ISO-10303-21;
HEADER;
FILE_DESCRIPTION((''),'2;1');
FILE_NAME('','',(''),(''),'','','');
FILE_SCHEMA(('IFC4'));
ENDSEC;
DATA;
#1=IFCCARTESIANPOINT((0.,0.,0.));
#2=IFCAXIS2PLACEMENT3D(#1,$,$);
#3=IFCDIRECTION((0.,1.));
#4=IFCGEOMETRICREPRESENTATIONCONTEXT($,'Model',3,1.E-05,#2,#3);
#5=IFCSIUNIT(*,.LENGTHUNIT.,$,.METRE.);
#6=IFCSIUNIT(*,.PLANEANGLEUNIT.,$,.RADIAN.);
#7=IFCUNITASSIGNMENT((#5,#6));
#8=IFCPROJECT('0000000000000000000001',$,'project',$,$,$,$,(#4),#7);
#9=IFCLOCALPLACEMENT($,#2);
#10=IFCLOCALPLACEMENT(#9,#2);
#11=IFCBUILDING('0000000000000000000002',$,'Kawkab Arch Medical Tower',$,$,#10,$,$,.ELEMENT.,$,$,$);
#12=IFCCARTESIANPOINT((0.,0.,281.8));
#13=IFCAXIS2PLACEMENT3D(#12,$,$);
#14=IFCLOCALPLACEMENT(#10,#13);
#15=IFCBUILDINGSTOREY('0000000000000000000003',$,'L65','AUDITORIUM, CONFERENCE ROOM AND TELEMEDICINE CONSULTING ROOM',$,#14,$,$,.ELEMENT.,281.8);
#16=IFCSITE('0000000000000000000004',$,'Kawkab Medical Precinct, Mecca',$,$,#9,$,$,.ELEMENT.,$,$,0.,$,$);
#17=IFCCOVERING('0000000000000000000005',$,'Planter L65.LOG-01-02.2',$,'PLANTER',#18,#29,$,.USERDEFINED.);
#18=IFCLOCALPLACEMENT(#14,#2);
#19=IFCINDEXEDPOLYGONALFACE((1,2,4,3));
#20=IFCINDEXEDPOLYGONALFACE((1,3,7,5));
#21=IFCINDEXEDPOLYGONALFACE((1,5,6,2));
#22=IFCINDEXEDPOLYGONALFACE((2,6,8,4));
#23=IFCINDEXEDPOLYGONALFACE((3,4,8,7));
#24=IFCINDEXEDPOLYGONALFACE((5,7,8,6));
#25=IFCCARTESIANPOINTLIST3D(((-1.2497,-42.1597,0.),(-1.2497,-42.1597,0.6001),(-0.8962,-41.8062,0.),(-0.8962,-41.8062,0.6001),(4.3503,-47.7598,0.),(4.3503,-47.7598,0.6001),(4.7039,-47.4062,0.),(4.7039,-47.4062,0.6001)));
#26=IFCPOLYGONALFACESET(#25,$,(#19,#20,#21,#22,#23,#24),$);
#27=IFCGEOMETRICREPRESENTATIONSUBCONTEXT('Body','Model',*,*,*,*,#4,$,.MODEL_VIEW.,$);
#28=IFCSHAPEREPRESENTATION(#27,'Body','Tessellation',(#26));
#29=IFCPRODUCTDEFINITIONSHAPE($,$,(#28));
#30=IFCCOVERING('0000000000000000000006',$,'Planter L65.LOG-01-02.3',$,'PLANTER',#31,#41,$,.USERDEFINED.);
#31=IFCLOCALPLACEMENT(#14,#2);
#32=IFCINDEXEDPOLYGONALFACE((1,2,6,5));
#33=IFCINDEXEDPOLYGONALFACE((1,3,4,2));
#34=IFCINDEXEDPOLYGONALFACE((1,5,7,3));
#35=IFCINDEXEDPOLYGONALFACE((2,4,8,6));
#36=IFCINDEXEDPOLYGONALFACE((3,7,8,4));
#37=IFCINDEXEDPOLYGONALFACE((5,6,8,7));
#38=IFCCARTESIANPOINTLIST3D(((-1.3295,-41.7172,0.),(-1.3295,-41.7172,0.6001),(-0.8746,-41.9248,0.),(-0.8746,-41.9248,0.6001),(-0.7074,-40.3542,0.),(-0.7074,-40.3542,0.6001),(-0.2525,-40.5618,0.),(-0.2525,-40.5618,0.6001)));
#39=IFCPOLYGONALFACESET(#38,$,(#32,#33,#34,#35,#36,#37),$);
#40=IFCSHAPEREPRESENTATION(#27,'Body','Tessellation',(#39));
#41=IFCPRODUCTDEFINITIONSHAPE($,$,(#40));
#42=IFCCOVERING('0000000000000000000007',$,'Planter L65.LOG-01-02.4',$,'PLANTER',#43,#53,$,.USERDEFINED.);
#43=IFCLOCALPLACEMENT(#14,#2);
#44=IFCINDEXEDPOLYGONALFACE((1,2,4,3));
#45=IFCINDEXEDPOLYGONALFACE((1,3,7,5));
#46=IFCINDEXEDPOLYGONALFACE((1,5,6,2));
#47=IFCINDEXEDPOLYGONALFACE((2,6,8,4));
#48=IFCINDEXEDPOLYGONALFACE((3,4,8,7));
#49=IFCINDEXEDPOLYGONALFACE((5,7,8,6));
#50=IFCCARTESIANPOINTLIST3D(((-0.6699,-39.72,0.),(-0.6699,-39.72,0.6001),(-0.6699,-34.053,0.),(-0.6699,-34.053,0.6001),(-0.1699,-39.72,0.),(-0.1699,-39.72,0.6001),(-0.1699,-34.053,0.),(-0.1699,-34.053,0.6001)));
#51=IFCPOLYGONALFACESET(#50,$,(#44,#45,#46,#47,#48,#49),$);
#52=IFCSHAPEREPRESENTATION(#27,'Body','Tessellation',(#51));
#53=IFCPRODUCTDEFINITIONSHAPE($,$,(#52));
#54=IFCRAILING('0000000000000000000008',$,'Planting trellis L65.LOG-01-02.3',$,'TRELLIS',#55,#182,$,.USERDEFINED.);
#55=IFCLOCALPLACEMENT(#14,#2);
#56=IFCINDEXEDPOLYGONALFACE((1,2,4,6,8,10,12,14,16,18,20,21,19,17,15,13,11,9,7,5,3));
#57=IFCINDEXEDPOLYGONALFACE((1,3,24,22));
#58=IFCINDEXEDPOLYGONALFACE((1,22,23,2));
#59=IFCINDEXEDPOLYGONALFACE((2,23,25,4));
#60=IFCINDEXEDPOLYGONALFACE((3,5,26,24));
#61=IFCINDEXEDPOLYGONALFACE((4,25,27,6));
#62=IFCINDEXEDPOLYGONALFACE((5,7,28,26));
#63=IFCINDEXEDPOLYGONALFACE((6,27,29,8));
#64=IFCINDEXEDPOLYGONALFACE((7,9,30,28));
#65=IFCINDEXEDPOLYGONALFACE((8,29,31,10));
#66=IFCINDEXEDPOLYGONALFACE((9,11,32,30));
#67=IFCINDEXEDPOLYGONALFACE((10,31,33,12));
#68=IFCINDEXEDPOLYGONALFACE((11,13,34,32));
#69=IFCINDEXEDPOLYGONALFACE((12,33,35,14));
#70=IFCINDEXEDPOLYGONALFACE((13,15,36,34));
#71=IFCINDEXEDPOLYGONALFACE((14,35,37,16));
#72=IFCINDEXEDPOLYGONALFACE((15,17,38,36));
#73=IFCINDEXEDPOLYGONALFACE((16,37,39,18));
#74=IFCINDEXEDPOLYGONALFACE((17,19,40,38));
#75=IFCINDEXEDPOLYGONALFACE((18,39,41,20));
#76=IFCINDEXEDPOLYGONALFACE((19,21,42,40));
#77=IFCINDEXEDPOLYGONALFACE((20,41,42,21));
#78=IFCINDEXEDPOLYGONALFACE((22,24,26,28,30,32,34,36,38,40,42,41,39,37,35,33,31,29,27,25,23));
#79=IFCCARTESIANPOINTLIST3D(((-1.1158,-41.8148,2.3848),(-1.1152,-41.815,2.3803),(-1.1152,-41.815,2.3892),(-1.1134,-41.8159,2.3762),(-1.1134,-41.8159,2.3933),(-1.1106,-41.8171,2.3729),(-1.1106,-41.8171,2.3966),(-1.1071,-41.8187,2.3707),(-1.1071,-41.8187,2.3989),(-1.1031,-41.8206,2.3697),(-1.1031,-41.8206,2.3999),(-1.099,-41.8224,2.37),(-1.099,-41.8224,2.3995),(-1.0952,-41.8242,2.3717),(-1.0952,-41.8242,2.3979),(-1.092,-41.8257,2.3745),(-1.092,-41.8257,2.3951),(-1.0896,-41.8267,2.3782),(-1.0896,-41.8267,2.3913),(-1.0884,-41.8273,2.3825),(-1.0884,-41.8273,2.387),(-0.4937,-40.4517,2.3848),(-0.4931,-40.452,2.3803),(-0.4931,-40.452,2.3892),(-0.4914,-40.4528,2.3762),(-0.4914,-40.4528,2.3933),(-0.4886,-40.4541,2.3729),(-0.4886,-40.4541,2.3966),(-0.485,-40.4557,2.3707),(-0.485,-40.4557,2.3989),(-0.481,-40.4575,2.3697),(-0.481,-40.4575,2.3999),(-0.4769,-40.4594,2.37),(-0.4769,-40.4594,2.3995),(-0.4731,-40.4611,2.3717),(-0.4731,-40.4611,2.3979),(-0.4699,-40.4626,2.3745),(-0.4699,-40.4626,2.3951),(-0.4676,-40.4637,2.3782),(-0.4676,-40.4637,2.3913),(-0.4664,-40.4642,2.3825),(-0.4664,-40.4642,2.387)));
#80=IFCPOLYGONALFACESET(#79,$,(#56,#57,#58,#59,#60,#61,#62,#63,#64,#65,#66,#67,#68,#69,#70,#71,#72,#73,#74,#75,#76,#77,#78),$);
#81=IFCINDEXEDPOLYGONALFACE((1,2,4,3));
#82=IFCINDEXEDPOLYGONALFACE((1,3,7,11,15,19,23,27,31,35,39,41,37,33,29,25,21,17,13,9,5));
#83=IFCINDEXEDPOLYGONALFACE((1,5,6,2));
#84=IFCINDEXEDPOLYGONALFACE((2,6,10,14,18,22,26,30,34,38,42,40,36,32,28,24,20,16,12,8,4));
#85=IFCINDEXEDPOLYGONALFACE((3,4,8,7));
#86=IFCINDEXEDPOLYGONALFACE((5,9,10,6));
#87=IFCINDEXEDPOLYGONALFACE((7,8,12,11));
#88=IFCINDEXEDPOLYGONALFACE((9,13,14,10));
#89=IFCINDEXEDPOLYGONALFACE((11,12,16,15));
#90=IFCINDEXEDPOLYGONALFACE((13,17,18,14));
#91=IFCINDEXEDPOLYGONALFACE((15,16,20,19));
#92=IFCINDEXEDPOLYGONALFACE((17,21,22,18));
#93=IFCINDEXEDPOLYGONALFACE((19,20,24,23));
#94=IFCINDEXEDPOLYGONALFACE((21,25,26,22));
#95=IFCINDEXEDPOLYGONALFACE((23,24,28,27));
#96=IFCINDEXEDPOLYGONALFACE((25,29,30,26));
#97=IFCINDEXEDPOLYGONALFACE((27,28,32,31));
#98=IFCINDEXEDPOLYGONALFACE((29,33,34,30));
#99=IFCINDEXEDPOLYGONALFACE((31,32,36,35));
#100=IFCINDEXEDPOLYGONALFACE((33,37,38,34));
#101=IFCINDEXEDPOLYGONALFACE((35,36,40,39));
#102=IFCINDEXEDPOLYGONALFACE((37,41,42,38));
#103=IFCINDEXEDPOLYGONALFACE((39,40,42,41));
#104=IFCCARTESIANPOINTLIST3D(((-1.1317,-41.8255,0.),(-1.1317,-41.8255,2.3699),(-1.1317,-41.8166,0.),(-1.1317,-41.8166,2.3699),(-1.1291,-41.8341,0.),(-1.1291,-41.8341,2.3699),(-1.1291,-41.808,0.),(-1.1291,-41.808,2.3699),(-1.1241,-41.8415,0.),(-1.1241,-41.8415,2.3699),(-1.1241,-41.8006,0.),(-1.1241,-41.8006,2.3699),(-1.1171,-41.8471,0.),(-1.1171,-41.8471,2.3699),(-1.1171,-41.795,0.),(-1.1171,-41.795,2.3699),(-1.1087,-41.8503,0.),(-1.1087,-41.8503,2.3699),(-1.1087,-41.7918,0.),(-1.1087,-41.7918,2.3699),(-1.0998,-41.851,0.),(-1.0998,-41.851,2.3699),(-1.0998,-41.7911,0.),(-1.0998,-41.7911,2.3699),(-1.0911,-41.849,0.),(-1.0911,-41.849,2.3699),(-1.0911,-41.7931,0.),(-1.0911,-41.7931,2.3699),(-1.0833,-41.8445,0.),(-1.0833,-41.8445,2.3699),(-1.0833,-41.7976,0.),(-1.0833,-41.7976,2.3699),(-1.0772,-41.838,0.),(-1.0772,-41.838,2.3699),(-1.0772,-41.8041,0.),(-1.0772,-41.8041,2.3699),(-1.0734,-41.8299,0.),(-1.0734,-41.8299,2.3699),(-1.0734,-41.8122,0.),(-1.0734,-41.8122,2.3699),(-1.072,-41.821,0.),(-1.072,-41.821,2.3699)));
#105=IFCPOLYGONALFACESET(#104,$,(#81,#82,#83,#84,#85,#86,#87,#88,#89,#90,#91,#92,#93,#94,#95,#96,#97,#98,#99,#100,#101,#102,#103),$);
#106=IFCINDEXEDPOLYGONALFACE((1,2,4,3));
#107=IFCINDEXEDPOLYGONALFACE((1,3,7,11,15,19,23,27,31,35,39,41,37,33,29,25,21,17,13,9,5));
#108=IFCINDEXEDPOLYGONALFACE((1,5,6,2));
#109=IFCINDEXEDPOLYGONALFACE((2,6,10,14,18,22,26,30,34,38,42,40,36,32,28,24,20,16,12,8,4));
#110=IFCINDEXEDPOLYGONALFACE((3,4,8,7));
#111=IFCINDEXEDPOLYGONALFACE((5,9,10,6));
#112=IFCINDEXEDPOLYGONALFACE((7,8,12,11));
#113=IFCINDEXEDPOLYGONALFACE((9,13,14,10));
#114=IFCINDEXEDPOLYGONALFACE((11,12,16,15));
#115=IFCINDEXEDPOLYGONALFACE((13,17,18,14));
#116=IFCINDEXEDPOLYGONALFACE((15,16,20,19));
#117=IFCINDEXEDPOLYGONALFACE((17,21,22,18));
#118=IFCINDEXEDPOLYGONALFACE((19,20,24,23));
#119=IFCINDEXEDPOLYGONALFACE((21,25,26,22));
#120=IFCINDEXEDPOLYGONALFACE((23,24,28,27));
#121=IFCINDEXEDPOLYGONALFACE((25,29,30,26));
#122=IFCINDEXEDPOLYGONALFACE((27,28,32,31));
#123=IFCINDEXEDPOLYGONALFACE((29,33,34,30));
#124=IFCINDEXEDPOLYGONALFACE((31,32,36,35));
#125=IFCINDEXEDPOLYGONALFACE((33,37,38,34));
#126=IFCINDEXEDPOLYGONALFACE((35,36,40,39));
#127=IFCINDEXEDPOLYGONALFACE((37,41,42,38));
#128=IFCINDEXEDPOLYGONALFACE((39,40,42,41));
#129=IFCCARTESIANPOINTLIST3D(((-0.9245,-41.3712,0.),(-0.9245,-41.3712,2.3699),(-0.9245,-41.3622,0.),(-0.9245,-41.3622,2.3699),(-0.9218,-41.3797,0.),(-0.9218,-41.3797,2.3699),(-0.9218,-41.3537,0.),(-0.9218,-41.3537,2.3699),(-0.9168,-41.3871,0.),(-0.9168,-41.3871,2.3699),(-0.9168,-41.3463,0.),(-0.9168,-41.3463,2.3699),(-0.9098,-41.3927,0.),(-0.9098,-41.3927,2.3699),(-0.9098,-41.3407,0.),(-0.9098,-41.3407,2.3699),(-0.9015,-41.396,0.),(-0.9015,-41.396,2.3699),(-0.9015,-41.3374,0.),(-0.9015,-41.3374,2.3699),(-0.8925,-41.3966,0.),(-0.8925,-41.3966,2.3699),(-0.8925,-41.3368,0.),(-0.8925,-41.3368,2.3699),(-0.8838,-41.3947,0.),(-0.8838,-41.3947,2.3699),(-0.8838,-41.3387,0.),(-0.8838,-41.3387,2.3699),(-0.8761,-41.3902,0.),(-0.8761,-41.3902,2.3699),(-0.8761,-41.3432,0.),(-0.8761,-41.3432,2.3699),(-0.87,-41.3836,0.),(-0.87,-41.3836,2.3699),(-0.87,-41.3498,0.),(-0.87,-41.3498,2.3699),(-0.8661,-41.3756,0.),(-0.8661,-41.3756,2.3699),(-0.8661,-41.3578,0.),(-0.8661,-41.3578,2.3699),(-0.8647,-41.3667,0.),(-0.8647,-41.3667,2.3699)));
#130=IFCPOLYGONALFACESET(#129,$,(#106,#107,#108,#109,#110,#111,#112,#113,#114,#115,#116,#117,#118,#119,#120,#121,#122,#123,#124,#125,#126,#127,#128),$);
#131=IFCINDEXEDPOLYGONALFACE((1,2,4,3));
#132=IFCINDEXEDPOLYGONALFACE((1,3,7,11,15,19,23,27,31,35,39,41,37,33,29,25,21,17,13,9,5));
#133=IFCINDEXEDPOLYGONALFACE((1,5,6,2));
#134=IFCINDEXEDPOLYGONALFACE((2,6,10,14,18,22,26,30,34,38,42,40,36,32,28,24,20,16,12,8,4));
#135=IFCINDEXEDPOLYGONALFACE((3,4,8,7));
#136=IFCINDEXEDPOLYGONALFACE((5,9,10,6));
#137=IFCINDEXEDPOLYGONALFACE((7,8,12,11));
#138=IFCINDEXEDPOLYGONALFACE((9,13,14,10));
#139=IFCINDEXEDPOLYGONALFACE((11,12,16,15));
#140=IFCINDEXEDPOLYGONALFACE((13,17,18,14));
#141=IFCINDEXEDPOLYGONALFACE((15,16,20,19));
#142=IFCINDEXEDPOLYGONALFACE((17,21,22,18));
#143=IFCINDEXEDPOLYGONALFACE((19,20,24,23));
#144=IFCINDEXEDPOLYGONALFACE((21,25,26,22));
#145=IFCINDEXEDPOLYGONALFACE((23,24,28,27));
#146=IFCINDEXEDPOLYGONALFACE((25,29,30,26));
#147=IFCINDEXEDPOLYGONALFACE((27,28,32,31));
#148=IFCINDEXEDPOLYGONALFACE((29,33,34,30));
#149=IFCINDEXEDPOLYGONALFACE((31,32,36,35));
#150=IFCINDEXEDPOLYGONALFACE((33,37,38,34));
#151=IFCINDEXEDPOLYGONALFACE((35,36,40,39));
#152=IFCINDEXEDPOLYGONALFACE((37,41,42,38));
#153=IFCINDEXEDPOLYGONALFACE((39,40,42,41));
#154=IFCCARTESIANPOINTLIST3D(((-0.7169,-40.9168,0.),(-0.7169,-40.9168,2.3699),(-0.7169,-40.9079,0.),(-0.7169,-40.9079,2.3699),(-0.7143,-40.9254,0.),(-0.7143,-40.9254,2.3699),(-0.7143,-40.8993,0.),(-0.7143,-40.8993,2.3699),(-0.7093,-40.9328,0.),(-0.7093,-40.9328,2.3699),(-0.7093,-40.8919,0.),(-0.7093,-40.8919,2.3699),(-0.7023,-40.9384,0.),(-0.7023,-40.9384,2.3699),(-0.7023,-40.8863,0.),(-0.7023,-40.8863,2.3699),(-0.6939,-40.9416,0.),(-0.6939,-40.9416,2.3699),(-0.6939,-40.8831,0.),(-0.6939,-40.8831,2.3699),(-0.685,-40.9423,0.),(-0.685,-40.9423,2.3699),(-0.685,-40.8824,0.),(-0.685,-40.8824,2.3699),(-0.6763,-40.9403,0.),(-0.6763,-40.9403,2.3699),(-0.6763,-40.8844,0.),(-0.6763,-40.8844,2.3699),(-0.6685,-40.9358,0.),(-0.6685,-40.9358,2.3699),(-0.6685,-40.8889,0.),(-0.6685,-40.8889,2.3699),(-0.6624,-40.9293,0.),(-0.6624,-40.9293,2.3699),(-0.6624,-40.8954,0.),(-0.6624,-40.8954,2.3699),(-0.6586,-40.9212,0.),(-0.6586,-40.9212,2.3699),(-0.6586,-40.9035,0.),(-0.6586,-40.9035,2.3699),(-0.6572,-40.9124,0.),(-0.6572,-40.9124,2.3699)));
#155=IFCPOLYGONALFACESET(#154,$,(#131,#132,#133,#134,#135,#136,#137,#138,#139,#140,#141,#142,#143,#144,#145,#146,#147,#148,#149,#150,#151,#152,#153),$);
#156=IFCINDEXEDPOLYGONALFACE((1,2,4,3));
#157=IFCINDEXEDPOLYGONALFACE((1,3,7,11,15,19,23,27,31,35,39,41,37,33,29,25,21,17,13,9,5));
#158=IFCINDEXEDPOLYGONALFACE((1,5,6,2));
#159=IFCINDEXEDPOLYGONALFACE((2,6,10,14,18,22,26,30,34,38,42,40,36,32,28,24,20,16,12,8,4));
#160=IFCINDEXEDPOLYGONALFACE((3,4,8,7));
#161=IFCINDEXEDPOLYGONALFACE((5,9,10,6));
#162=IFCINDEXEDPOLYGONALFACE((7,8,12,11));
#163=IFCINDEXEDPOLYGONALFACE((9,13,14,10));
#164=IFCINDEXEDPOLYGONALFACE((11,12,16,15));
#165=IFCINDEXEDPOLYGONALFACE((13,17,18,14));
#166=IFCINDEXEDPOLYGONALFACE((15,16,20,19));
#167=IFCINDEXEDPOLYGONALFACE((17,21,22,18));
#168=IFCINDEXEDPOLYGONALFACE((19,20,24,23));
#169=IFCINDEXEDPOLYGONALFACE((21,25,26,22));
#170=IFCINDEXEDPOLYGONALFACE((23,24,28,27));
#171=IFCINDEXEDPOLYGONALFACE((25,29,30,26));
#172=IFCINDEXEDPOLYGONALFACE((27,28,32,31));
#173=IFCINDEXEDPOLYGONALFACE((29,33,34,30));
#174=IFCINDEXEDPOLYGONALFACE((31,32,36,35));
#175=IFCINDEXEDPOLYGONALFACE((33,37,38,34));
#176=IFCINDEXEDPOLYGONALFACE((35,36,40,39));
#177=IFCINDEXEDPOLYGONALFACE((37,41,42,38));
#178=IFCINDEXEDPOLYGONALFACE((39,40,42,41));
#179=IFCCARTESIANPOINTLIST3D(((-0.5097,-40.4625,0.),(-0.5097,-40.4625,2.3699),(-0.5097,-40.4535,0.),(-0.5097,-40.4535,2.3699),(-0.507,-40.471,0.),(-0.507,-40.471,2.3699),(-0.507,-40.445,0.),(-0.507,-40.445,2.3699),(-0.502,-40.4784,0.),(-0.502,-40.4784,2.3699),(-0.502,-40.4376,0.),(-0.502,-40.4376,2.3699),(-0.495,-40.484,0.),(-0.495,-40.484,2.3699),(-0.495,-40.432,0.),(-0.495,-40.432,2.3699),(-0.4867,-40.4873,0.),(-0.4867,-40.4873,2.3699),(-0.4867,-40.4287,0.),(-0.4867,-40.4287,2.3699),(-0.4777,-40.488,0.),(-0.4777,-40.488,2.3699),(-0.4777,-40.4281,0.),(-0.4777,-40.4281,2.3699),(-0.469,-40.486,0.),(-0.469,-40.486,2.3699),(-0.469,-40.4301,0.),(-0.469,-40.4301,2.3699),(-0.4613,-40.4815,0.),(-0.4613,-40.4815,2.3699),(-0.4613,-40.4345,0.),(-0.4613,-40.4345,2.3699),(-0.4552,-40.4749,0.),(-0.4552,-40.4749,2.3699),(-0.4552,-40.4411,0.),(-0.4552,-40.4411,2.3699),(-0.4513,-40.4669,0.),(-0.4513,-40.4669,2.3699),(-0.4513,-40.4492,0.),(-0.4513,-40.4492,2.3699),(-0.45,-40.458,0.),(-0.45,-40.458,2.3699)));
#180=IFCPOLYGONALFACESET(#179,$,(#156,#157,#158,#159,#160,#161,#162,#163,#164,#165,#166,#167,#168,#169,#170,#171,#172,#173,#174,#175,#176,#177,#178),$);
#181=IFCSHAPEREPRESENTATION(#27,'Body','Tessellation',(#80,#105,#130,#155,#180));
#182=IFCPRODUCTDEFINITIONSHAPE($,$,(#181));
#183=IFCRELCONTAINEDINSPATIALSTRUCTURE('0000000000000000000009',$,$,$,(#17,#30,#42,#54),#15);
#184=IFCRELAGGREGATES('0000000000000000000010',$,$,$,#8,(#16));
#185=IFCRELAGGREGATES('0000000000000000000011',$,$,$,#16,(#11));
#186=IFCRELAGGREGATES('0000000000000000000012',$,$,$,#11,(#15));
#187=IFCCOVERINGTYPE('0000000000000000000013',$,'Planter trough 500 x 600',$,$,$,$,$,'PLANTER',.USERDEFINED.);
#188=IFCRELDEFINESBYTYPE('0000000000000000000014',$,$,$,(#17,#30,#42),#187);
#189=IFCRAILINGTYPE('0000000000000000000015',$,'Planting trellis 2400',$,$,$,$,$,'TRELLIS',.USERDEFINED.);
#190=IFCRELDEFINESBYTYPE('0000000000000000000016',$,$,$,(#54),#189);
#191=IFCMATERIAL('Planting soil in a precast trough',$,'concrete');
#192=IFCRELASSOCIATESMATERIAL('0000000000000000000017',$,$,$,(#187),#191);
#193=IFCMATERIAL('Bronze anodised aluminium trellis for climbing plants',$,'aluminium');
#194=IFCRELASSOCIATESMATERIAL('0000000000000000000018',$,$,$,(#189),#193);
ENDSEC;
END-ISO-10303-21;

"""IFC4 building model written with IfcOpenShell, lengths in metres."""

from ifc_helpers import new_model, si_unit, direction, frame, origin, origin_2d, place, context, subcontext, project, spatial, rectangle, circle, extrude, material, material_profile, profile_set, type_object, element, save


model = new_model("IFC4")

# Units and contexts
model_context = context("Model", 3, precision=1e-05, world=origin(), true_north=direction((0.0, 1.0)))
body_context = subcontext(model_context, "Body", "Model", "MODEL_VIEW")
ifc_project = project(units=[si_unit("LENGTHUNIT", "METRE"), si_unit("PLANEANGLEUNIT", "RADIAN")], contexts=[model_context])

# Site, building, storey
site_placement = place(None, origin())
site = spatial("IfcSite", under=ifc_project, at=site_placement, Name="Kawkab Medical Precinct, Mecca", CompositionType="ELEMENT", RefElevation=0.0)
building_placement = place(site_placement, origin())
building = spatial("IfcBuilding", under=site, at=building_placement, Name="Kawkab Arch Medical Tower", CompositionType="ELEMENT")
storey_placement = place(building_placement, frame((0.0, 0.0, 281.8)))
storey = spatial("IfcBuildingStorey", under=building, at=storey_placement, Name="L65", Description="AUDITORIUM, CONFERENCE ROOM AND TELEMEDICINE CONSULTING ROOM", CompositionType="ELEMENT", Elevation=281.8)

# Coverings
ifc_material_1 = material(Name="Planting soil in a precast trough", Category="concrete")
ifc_material_profile_1 = material_profile(ifc_material_1, rectangle(XDim=0.5, YDim=0.6001, at=origin_2d()), Name="Trough 500x600")
ifc_profile_set_1 = profile_set([ifc_material_profile_1], Name="Planting soil in a precast trough")
covering_type = type_object("IfcCoveringType", Name="Planter trough 500 x 600", ElementType="PLANTER", PredefinedType="USERDEFINED", material=ifc_profile_set_1)
covering_1_placement = place(storey_placement, frame((4.5271, -47.583, 0.3), z_axis=(-0.707107, 0.707107, 0.0), x_axis=(-0.707107, -0.707107, 0.0)))
element("IfcCovering", 1, at=covering_1_placement, inside=storey, type_object=covering_type, Name="Planter L65.LOG-01-02.2", ObjectType="PLANTER", PredefinedType="USERDEFINED", context=body_context, shape_type="SweptSolid", body=[
    extrude(rectangle(XDim=0.5, YDim=0.6001, at=origin_2d()), origin(), (0.0, 0.0, 1.0), 7.9197),
])
covering_2_placement = place(storey_placement, frame((-1.1021, -41.821, 0.3), z_axis=(0.41519, 0.909735, 0.0), x_axis=(-0.909735, 0.41519, 0.0)))
element("IfcCovering", 2, at=covering_2_placement, inside=storey, type_object=covering_type, Name="Planter L65.LOG-01-02.3", ObjectType="PLANTER", PredefinedType="USERDEFINED", context=body_context, shape_type="SweptSolid", body=[
    extrude(rectangle(XDim=0.5, YDim=0.6001, at=origin_2d()), origin(), (0.0, 0.0, 1.0), 1.4983),
])
covering_3_placement = place(storey_placement, frame((-0.4199, -39.72, 0.3), z_axis=(0.0, 1.0, 0.0), x_axis=(-1.0, 0.0, 0.0)))
element("IfcCovering", 3, at=covering_3_placement, inside=storey, type_object=covering_type, Name="Planter L65.LOG-01-02.4", ObjectType="PLANTER", PredefinedType="USERDEFINED", context=body_context, shape_type="SweptSolid", body=[
    extrude(rectangle(XDim=0.5, YDim=0.6001, at=origin_2d()), origin(), (0.0, 0.0, 1.0), 5.667),
])

# Railing
ifc_material_2 = material(Name="Bronze anodised aluminium trellis for climbing plants", Category="aluminium")
railing_type_1 = type_object("IfcRailingType", Name="Planting trellis 2400", ElementType="TRELLIS", PredefinedType="USERDEFINED", material=ifc_material_2)
railing_1_placement = place(storey_placement, frame((-1.1021, -41.821, 0.0)))
element("IfcRailing", 4, at=railing_1_placement, inside=storey, type_object=railing_type_1, Name="Planting trellis L65.LOG-01-02.3", ObjectType="TRELLIS", PredefinedType="USERDEFINED", context=body_context, shape_type="SweptSolid", body=[
    extrude(circle(Radius=0.0151, at=origin_2d()), frame((0.0, 0.0, 2.3848), z_axis=(0.41519, 0.909735, 0.0), x_axis=(-0.909735, 0.41519, 0.0)), (0.0, 0.0, 1.0), 1.4983),
    extrude(circle(Radius=0.03, at=origin_2d()), origin(), (0.0, 0.0, 1.0), 2.3699),
    extrude(circle(Radius=0.03, at=origin_2d()), frame((0.2073, 0.4543, 0.0)), (0.0, 0.0, 1.0), 2.3699),
    extrude(circle(Radius=0.03, at=origin_2d()), frame((0.4148, 0.9087, 0.0)), (0.0, 0.0, 1.0), 2.3699),
    extrude(circle(Radius=0.03, at=origin_2d()), frame((0.6221, 1.363, 0.0)), (0.0, 0.0, 1.0), 2.3699),
])

save(model, "model.ifc")
